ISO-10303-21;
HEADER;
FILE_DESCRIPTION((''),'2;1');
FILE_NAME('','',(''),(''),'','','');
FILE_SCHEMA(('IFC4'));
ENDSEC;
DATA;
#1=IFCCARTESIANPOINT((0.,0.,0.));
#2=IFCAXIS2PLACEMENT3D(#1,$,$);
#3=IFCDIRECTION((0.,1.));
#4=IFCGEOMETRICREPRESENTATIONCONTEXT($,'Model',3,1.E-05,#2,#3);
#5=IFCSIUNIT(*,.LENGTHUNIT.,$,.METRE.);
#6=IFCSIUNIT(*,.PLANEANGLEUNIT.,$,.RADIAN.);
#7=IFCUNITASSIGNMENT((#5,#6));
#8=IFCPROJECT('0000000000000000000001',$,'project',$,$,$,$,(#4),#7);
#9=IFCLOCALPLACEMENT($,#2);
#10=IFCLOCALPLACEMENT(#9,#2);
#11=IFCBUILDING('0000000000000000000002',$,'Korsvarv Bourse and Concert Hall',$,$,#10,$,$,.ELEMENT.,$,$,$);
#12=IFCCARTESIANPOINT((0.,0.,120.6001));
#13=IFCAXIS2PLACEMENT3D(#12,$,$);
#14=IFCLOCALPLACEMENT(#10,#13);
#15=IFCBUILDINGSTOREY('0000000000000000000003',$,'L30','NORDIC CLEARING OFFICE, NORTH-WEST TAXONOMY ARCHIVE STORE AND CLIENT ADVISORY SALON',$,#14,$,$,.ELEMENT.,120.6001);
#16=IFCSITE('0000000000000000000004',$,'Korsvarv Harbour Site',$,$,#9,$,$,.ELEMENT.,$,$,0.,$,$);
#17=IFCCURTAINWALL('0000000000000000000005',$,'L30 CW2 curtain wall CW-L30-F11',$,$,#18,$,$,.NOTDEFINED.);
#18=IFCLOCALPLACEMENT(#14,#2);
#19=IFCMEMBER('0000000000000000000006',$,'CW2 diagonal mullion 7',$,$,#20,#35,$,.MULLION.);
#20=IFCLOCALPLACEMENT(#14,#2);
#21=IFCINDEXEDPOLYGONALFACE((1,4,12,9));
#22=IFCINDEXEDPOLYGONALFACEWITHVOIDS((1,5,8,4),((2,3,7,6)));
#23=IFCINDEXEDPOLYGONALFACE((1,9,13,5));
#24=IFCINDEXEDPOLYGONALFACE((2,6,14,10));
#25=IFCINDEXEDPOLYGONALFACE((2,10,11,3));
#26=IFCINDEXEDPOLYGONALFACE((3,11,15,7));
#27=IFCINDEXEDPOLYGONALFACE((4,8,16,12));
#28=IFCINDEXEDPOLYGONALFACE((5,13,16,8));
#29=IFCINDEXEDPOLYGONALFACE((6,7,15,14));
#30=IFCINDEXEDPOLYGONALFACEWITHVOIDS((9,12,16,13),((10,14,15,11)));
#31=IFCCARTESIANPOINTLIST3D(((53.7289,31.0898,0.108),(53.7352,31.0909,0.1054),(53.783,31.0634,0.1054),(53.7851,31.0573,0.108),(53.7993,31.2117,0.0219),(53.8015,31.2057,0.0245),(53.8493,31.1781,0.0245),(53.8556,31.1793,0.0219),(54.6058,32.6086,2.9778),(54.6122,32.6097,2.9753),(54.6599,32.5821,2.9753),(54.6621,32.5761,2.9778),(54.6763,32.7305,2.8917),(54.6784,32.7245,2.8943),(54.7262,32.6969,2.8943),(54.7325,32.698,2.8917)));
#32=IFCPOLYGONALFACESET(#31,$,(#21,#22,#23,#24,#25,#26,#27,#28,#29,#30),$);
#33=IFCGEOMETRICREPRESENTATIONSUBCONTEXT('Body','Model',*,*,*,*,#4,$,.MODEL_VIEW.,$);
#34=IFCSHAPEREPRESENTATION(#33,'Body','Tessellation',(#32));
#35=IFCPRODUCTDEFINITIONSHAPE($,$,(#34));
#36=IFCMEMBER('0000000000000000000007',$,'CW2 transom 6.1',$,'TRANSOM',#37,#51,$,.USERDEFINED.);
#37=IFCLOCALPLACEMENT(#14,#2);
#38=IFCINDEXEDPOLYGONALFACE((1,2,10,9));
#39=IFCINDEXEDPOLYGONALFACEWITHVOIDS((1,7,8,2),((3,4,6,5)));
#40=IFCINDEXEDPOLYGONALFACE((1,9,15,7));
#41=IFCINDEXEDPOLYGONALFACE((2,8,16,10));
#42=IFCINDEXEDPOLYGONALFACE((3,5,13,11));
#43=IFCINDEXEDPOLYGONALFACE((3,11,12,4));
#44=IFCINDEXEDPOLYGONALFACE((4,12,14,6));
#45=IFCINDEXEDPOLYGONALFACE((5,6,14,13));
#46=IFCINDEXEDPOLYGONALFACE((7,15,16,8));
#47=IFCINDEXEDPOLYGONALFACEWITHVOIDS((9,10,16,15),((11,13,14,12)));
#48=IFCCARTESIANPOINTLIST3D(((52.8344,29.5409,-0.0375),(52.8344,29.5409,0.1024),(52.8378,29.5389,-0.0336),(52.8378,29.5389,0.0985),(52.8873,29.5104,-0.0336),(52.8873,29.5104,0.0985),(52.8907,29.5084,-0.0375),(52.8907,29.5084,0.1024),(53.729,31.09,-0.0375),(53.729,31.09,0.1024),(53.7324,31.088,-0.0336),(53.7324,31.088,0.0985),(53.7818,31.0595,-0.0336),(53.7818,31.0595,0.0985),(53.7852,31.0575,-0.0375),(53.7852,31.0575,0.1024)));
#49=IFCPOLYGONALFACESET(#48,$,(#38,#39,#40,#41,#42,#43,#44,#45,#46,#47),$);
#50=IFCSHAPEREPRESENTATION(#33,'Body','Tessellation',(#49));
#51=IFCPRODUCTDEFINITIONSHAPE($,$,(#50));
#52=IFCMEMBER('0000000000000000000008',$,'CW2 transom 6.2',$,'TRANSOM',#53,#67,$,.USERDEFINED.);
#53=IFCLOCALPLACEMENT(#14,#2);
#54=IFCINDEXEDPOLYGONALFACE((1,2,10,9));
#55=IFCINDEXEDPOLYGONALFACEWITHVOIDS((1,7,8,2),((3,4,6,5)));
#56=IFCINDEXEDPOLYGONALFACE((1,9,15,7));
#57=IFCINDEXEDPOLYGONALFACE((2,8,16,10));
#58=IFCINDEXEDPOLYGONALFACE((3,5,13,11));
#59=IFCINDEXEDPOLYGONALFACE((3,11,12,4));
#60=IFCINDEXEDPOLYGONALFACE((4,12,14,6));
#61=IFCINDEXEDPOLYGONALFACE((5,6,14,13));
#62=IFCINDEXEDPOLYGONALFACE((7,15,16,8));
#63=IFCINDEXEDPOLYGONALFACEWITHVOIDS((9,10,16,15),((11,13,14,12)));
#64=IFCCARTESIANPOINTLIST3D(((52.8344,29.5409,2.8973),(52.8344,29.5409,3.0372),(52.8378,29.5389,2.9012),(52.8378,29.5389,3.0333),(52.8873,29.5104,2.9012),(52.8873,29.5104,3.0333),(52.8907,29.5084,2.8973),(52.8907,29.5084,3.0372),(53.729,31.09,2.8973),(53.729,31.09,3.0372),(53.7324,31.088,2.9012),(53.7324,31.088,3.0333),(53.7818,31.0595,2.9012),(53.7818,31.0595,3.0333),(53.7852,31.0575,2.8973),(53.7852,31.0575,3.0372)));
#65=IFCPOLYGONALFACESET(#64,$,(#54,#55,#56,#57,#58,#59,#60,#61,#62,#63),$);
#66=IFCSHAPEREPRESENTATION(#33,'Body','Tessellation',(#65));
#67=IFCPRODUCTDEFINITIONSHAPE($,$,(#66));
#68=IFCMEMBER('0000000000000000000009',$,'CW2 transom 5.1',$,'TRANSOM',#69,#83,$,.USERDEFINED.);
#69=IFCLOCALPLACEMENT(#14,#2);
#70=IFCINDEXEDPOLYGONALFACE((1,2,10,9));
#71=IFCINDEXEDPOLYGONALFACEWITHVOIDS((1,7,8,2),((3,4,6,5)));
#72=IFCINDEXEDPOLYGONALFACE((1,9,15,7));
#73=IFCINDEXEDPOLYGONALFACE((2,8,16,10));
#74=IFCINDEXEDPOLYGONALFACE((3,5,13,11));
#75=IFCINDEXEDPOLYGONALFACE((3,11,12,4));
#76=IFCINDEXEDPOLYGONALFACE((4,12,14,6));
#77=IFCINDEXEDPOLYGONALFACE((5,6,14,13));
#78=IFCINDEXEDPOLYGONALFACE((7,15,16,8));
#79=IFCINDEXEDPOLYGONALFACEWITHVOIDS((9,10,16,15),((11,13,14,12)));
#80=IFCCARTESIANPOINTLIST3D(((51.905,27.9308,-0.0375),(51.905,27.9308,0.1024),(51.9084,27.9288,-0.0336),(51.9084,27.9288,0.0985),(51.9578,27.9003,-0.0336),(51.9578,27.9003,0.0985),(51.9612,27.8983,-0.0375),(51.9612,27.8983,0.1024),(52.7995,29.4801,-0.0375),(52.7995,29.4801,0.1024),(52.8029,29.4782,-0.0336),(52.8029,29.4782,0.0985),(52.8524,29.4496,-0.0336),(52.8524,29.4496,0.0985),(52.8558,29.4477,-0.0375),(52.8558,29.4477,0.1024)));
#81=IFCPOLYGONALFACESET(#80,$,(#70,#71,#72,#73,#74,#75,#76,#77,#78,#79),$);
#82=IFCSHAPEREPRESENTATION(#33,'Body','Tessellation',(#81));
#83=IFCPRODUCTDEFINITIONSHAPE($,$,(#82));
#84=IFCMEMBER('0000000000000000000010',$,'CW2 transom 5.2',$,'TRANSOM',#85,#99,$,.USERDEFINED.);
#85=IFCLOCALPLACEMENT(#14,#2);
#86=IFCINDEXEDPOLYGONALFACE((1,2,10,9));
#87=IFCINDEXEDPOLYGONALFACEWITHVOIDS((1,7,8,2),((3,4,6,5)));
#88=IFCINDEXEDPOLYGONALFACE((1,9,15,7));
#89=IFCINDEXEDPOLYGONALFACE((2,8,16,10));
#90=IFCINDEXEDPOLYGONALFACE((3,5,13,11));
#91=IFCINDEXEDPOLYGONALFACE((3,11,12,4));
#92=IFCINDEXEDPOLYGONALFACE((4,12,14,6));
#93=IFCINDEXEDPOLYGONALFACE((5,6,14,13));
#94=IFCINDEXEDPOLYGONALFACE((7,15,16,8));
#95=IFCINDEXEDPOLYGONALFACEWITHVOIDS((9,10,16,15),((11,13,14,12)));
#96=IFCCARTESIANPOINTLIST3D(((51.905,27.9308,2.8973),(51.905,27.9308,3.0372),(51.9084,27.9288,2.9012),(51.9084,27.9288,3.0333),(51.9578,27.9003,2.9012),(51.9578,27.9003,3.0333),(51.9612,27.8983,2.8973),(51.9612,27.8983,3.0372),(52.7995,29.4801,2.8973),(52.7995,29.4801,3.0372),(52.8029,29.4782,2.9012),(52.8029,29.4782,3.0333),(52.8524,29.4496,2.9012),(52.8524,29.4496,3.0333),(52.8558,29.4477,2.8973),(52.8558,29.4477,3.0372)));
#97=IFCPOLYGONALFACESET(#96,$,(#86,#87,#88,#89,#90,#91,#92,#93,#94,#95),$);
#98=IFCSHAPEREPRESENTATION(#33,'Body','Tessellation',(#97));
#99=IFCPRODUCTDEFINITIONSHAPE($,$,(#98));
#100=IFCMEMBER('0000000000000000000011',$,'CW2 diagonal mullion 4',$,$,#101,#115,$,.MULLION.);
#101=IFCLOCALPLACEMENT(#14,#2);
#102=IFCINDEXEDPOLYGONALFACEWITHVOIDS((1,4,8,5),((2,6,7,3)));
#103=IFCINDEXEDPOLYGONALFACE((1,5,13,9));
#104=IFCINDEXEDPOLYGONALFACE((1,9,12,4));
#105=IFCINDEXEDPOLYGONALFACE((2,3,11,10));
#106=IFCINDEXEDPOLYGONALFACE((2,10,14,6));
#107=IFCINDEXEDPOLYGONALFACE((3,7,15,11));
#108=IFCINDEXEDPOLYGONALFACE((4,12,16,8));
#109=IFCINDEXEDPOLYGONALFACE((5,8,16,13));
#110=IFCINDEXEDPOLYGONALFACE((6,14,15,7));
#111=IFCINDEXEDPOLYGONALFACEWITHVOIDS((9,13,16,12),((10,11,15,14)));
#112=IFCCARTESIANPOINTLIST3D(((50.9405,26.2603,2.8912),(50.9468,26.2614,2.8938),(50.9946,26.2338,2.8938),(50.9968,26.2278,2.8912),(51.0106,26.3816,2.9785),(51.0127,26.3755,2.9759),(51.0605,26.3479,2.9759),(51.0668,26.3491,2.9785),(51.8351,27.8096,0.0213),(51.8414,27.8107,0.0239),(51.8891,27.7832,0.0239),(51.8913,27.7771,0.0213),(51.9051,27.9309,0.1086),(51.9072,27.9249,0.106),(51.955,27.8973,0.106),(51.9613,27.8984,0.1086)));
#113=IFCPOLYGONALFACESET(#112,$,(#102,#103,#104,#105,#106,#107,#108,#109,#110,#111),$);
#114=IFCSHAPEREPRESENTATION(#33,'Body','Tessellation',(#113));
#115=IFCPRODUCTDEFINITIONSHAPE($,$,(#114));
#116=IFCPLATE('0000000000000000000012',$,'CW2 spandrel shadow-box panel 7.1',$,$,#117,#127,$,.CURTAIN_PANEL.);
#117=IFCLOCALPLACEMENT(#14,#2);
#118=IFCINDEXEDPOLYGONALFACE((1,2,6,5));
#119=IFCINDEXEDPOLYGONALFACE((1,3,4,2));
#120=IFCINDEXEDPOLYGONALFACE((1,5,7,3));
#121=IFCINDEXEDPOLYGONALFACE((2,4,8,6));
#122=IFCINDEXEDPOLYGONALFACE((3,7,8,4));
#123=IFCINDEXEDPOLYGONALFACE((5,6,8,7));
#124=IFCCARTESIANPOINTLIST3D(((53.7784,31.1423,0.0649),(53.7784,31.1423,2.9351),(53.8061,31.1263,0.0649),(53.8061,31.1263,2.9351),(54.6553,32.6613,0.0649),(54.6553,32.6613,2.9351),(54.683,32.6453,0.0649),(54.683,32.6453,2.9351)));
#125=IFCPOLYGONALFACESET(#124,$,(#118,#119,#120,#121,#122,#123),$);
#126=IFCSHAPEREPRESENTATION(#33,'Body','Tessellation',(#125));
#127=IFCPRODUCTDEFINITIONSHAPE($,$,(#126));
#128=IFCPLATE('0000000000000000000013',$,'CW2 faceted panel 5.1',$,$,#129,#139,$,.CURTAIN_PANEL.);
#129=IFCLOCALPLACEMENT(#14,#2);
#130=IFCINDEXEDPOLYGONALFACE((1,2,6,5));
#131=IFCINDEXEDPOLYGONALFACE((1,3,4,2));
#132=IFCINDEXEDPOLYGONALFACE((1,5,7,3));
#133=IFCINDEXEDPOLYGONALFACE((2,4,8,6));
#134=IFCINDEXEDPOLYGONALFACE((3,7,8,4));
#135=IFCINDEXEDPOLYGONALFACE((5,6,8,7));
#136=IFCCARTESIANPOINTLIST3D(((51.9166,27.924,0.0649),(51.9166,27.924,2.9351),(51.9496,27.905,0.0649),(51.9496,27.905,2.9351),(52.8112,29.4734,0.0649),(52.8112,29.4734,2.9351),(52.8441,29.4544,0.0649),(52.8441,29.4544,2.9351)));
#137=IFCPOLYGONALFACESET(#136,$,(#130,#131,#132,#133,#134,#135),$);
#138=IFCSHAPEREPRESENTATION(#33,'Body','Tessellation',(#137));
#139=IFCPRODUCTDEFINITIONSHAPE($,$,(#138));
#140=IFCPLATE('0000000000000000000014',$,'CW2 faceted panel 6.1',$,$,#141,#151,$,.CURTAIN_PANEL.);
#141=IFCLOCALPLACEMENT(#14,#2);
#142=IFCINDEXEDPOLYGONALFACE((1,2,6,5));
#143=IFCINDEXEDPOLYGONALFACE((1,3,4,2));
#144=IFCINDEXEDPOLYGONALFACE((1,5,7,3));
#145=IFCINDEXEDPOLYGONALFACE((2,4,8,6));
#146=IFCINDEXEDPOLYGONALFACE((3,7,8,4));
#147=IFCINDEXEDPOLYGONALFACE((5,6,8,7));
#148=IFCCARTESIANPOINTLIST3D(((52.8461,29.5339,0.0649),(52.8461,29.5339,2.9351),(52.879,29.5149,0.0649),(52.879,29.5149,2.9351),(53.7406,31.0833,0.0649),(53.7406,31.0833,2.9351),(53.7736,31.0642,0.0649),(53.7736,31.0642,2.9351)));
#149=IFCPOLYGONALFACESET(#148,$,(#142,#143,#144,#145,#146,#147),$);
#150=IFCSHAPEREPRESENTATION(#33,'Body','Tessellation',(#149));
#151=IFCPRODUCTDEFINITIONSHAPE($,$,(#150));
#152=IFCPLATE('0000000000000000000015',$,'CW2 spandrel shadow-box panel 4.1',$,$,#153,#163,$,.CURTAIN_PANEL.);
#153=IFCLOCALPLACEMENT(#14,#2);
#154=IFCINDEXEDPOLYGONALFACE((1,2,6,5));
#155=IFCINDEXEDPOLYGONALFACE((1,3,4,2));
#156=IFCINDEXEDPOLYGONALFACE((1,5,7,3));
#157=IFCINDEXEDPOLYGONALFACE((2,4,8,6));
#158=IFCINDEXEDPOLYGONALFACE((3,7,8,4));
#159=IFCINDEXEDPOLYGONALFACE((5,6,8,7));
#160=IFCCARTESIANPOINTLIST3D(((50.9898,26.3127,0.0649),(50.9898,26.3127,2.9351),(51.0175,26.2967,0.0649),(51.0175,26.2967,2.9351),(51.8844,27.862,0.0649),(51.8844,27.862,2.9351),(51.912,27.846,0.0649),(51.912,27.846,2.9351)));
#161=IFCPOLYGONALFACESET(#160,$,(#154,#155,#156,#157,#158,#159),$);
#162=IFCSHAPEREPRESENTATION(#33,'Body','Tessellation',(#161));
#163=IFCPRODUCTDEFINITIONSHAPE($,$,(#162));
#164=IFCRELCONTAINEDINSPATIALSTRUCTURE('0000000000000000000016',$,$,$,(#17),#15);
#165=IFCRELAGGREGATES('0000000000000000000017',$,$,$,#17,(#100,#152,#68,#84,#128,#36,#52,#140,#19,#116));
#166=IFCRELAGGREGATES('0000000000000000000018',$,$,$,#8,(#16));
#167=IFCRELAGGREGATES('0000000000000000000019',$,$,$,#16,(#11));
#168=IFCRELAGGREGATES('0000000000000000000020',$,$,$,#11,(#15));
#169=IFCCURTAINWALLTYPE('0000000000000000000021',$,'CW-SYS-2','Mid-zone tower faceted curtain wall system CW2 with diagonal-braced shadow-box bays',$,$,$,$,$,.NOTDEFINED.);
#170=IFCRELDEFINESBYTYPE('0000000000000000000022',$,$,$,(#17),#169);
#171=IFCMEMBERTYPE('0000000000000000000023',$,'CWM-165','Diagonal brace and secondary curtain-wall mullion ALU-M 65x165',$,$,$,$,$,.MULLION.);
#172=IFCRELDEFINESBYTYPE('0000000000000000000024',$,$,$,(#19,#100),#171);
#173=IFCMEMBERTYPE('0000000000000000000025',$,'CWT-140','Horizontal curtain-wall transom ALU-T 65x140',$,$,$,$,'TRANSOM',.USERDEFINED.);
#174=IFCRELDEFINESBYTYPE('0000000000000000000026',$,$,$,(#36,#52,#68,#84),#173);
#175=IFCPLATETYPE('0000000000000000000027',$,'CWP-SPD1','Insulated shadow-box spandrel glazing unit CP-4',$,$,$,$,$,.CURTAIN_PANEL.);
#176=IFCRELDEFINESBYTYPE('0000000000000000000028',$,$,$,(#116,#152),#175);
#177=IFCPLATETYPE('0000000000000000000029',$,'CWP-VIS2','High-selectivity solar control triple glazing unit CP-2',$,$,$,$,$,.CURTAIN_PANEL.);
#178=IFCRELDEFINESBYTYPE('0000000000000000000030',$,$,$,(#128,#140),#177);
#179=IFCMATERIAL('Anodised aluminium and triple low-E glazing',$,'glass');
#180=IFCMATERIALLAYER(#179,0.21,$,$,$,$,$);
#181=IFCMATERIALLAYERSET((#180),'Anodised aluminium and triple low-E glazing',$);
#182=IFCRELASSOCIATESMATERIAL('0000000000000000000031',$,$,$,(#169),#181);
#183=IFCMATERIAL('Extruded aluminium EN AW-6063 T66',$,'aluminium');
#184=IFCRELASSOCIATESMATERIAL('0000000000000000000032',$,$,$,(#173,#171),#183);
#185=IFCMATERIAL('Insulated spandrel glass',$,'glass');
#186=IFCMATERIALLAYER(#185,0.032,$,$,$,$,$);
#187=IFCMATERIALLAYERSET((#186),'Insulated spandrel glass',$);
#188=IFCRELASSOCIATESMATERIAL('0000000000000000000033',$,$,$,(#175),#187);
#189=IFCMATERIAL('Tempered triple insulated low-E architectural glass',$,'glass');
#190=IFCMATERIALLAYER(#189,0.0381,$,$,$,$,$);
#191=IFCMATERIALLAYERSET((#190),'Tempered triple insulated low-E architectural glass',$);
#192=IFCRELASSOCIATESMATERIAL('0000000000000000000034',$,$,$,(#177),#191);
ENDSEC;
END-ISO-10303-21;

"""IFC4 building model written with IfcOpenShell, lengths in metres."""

from ifc_helpers import new_model, si_unit, direction, frame, origin, origin_2d, place, context, subcontext, project, spatial, rectangle, hollow_rectangle, extrude, source, transform, mapped, material, layer, layer_set, material_profile, profile_set, type_object, element, aggregate, save


model = new_model("IFC4")

# Units and contexts
model_context = context("Model", 3, precision=1e-05, world=origin(), true_north=direction((0.0, 1.0)))
body_context = subcontext(model_context, "Body", "Model", "MODEL_VIEW")
ifc_project = project(units=[si_unit("LENGTHUNIT", "METRE"), si_unit("PLANEANGLEUNIT", "RADIAN")], contexts=[model_context])

# Site, building, storey
site_placement = place(None, origin())
site = spatial("IfcSite", under=ifc_project, at=site_placement, Name="Korsvarv Harbour Site", CompositionType="ELEMENT", RefElevation=0.0)
building_placement = place(site_placement, origin())
building = spatial("IfcBuilding", under=site, at=building_placement, Name="Korsvarv Bourse and Concert Hall", CompositionType="ELEMENT")
storey_placement = place(building_placement, frame((0.0, 0.0, 120.6001)))
storey = spatial("IfcBuildingStorey", under=building, at=storey_placement, Name="L30", Description="NORDIC CLEARING OFFICE, NORTH-WEST TAXONOMY ARCHIVE STORE AND CLIENT ADVISORY SALON", CompositionType="ELEMENT", Elevation=120.6001)

# Curtain wall, members, plates
ifc_material_1 = material(Name="Anodised aluminium and triple low-E glazing", Category="glass")
ifc_layer_1 = layer(ifc_material_1, 0.21)
ifc_layer_set_1 = layer_set([ifc_layer_1], Name="Anodised aluminium and triple low-E glazing")
curtain_wall_type = type_object("IfcCurtainWallType", Name="CW-SYS-2", Description="Mid-zone tower faceted curtain wall system CW2 with diagonal-braced shadow-box bays", PredefinedType="NOTDEFINED", material=ifc_layer_set_1)
curtain_wall_placement = place(storey_placement, origin())
curtain_wall = element("IfcCurtainWall", 1, at=curtain_wall_placement, inside=storey, type_object=curtain_wall_type, Name="L30 CW2 curtain wall CW-L30-F11", PredefinedType="NOTDEFINED")
ifc_material_2 = material(Name="Extruded aluminium EN AW-6063 T66", Category="aluminium")
ifc_material_profile_1 = material_profile(ifc_material_2, hollow_rectangle(XDim=0.0649, YDim=0.1399, WallThickness=0.0039, at=origin_2d()), Name="ALU-T 65x140")
ifc_profile_set_1 = profile_set([ifc_material_profile_1], Name="Extruded aluminium EN AW-6063 T66")
member_type_1 = type_object("IfcMemberType", Name="CWT-140", Description="Horizontal curtain-wall transom ALU-T 65x140", ElementType="TRANSOM", PredefinedType="USERDEFINED", material=ifc_profile_set_1)
ifc_material_profile_2 = material_profile(ifc_material_2, hollow_rectangle(XDim=0.0649, YDim=0.165, WallThickness=0.0049, at=origin_2d()), Name="ALU-M 65x165")
ifc_profile_set_2 = profile_set([ifc_material_profile_2], Name="Extruded aluminium EN AW-6063 T66")
member_type_2 = type_object("IfcMemberType", Name="CWM-165", Description="Diagonal brace and secondary curtain-wall mullion ALU-M 65x165", PredefinedType="MULLION", material=ifc_profile_set_2)
shared_shape_1 = source(origin(), body_context, "Body", "SweptSolid", [
    extrude(hollow_rectangle(XDim=0.0649, YDim=0.165, WallThickness=0.0049, at=origin_2d()), origin(), (0.0, 0.0, 1.0), 3.3633),
])
member_1_placement = place(storey_placement, frame((53.7922, 31.1345, 0.0649), z_axis=(0.26074, 0.451576, 0.853284), x_axis=(-0.866007, 0.500032, 0.0)))
member_1 = element("IfcMember", 2, at=member_1_placement, type_object=member_type_2, Name="CW2 diagonal mullion 7", PredefinedType="MULLION", context=body_context, shape_type="MappedRepresentation", body=[
    mapped(shared_shape_1, transform((0.0, 0.0, 0.0), scale=1.0)),
])
shared_shape_2 = source(origin(), body_context, "Body", "SweptSolid", [
    extrude(hollow_rectangle(XDim=0.0649, YDim=0.1399, WallThickness=0.0039, at=origin_2d()), origin(), (0.0, 0.0, 1.0), 1.7888),
])
member_2_placement = place(storey_placement, frame((52.8625, 29.5247, 0.0325), z_axis=(0.500073, 0.865983, 0.0), x_axis=(-0.865983, 0.500073, 0.0)))
member_2 = element("IfcMember", 3, at=member_2_placement, type_object=member_type_1, Name="CW2 transom 6.1", ObjectType="TRANSOM", PredefinedType="USERDEFINED", context=body_context, shape_type="MappedRepresentation", body=[
    mapped(shared_shape_2, transform((0.0, 0.0, 0.0), scale=1.0)),
])
member_3_placement = place(storey_placement, frame((52.8625, 29.5247, 2.9673), z_axis=(0.500073, 0.865983, 0.0), x_axis=(-0.865983, 0.500073, 0.0)))
member_3 = element("IfcMember", 4, at=member_3_placement, type_object=member_type_1, Name="CW2 transom 6.2", ObjectType="TRANSOM", PredefinedType="USERDEFINED", context=body_context, shape_type="MappedRepresentation", body=[
    mapped(shared_shape_2, transform((0.0, 0.0, 0.0), scale=1.0)),
])
shared_shape_3 = source(origin(), body_context, "Body", "SweptSolid", [
    extrude(hollow_rectangle(XDim=0.0649, YDim=0.1399, WallThickness=0.0039, at=origin_2d()), origin(), (0.0, 0.0, 1.0), 1.7891),
])
member_4_placement = place(storey_placement, frame((51.9331, 27.9146, 0.0325), z_axis=(0.500014, 0.866017, 0.0), x_axis=(-0.866017, 0.500014, 0.0)))
member_4 = element("IfcMember", 5, at=member_4_placement, type_object=member_type_1, Name="CW2 transom 5.1", ObjectType="TRANSOM", PredefinedType="USERDEFINED", context=body_context, shape_type="MappedRepresentation", body=[
    mapped(shared_shape_3, transform((0.0, 0.0, 0.0), scale=1.0)),
])
member_5_placement = place(storey_placement, frame((51.9331, 27.9146, 2.9673), z_axis=(0.500014, 0.866017, 0.0), x_axis=(-0.866017, 0.500014, 0.0)))
member_5 = element("IfcMember", 6, at=member_5_placement, type_object=member_type_1, Name="CW2 transom 5.2", ObjectType="TRANSOM", PredefinedType="USERDEFINED", context=body_context, shape_type="MappedRepresentation", body=[
    mapped(shared_shape_3, transform((0.0, 0.0, 0.0), scale=1.0)),
])
shared_shape_4 = source(origin(), body_context, "Body", "SweptSolid", [
    extrude(hollow_rectangle(XDim=0.0649, YDim=0.165, WallThickness=0.0049, at=origin_2d()), origin(), (0.0, 0.0, 1.0), 3.3818),
])
member_6_placement = place(storey_placement, frame((51.8982, 27.854, 0.0649), z_axis=(-0.264511, -0.45813, 0.848617), x_axis=(0.866017, -0.500014, 0.0)))
member_6 = element("IfcMember", 7, at=member_6_placement, type_object=member_type_2, Name="CW2 diagonal mullion 4", PredefinedType="MULLION", context=body_context, shape_type="MappedRepresentation", body=[
    mapped(shared_shape_4, transform((0.0, 0.0, 0.0), scale=1.0)),
])
ifc_material_3 = material(Name="Insulated spandrel glass", Category="glass")
ifc_layer_2 = layer(ifc_material_3, 0.032)
ifc_layer_set_2 = layer_set([ifc_layer_2], Name="Insulated spandrel glass")
plate_type_1 = type_object("IfcPlateType", Name="CWP-SPD1", Description="Insulated shadow-box spandrel glazing unit CP-4", PredefinedType="CURTAIN_PANEL", material=ifc_layer_set_2)
shared_shape_5 = source(origin(), body_context, "Body", "SweptSolid", [
    extrude(rectangle(XDim=1.7539, YDim=0.032, at=origin_2d()), origin(), (0.0, 0.0, 1.0), 2.8701),
])
plate_1_placement = place(storey_placement, frame((54.2307, 31.8938, 0.0649), z_axis=(0.0, 0.0, 1.0), x_axis=(0.500007, 0.866021, 0.0)))
plate_1 = element("IfcPlate", 8, at=plate_1_placement, type_object=plate_type_1, Name="CW2 spandrel shadow-box panel 7.1", PredefinedType="CURTAIN_PANEL", context=body_context, shape_type="MappedRepresentation", body=[
    mapped(shared_shape_5, transform((0.0, 0.0, 0.0), scale=1.0)),
])
ifc_material_4 = material(Name="Tempered triple insulated low-E architectural glass", Category="glass")
ifc_layer_3 = layer(ifc_material_4, 0.0381)
ifc_layer_set_3 = layer_set([ifc_layer_3], Name="Tempered triple insulated low-E architectural glass")
plate_type_2 = type_object("IfcPlateType", Name="CWP-VIS2", Description="High-selectivity solar control triple glazing unit CP-2", PredefinedType="CURTAIN_PANEL", material=ifc_layer_set_3)
shared_shape_6 = source(origin(), body_context, "Body", "SweptSolid", [
    extrude(rectangle(XDim=1.7891, YDim=0.0381, at=origin_2d()), origin(), (0.0, 0.0, 1.0), 2.8701),
])
plate_2_placement = place(storey_placement, frame((52.3804, 28.6892, 0.0649), z_axis=(0.0, 0.0, 1.0), x_axis=(0.500007, 0.866021, 0.0)))
plate_2 = element("IfcPlate", 9, at=plate_2_placement, type_object=plate_type_2, Name="CW2 faceted panel 5.1", PredefinedType="CURTAIN_PANEL", context=body_context, shape_type="MappedRepresentation", body=[
    mapped(shared_shape_6, transform((0.0, 0.0, 0.0), scale=1.0)),
])
plate_3_placement = place(storey_placement, frame((53.3098, 30.2991, 0.0649), z_axis=(0.0, 0.0, 1.0), x_axis=(0.500007, 0.866021, 0.0)))
plate_3 = element("IfcPlate", 10, at=plate_3_placement, type_object=plate_type_2, Name="CW2 faceted panel 6.1", PredefinedType="CURTAIN_PANEL", context=body_context, shape_type="MappedRepresentation", body=[
    mapped(shared_shape_6, transform((0.0, 0.0, 0.0), scale=1.0)),
])
shared_shape_7 = source(origin(), body_context, "Body", "SweptSolid", [
    extrude(rectangle(XDim=1.7891, YDim=0.032, at=origin_2d()), origin(), (0.0, 0.0, 1.0), 2.8701),
])
plate_4_placement = place(storey_placement, frame((51.4509, 27.0793, 0.0649), z_axis=(0.0, 0.0, 1.0), x_axis=(0.500007, 0.866021, 0.0)))
plate_4 = element("IfcPlate", 11, at=plate_4_placement, type_object=plate_type_1, Name="CW2 spandrel shadow-box panel 4.1", PredefinedType="CURTAIN_PANEL", context=body_context, shape_type="MappedRepresentation", body=[
    mapped(shared_shape_7, transform((0.0, 0.0, 0.0), scale=1.0)),
])
aggregate(curtain_wall, [member_6, plate_4, member_4, member_5, plate_2, member_2, member_3, plate_3, member_1, plate_1])

save(model, "model.ifc")
